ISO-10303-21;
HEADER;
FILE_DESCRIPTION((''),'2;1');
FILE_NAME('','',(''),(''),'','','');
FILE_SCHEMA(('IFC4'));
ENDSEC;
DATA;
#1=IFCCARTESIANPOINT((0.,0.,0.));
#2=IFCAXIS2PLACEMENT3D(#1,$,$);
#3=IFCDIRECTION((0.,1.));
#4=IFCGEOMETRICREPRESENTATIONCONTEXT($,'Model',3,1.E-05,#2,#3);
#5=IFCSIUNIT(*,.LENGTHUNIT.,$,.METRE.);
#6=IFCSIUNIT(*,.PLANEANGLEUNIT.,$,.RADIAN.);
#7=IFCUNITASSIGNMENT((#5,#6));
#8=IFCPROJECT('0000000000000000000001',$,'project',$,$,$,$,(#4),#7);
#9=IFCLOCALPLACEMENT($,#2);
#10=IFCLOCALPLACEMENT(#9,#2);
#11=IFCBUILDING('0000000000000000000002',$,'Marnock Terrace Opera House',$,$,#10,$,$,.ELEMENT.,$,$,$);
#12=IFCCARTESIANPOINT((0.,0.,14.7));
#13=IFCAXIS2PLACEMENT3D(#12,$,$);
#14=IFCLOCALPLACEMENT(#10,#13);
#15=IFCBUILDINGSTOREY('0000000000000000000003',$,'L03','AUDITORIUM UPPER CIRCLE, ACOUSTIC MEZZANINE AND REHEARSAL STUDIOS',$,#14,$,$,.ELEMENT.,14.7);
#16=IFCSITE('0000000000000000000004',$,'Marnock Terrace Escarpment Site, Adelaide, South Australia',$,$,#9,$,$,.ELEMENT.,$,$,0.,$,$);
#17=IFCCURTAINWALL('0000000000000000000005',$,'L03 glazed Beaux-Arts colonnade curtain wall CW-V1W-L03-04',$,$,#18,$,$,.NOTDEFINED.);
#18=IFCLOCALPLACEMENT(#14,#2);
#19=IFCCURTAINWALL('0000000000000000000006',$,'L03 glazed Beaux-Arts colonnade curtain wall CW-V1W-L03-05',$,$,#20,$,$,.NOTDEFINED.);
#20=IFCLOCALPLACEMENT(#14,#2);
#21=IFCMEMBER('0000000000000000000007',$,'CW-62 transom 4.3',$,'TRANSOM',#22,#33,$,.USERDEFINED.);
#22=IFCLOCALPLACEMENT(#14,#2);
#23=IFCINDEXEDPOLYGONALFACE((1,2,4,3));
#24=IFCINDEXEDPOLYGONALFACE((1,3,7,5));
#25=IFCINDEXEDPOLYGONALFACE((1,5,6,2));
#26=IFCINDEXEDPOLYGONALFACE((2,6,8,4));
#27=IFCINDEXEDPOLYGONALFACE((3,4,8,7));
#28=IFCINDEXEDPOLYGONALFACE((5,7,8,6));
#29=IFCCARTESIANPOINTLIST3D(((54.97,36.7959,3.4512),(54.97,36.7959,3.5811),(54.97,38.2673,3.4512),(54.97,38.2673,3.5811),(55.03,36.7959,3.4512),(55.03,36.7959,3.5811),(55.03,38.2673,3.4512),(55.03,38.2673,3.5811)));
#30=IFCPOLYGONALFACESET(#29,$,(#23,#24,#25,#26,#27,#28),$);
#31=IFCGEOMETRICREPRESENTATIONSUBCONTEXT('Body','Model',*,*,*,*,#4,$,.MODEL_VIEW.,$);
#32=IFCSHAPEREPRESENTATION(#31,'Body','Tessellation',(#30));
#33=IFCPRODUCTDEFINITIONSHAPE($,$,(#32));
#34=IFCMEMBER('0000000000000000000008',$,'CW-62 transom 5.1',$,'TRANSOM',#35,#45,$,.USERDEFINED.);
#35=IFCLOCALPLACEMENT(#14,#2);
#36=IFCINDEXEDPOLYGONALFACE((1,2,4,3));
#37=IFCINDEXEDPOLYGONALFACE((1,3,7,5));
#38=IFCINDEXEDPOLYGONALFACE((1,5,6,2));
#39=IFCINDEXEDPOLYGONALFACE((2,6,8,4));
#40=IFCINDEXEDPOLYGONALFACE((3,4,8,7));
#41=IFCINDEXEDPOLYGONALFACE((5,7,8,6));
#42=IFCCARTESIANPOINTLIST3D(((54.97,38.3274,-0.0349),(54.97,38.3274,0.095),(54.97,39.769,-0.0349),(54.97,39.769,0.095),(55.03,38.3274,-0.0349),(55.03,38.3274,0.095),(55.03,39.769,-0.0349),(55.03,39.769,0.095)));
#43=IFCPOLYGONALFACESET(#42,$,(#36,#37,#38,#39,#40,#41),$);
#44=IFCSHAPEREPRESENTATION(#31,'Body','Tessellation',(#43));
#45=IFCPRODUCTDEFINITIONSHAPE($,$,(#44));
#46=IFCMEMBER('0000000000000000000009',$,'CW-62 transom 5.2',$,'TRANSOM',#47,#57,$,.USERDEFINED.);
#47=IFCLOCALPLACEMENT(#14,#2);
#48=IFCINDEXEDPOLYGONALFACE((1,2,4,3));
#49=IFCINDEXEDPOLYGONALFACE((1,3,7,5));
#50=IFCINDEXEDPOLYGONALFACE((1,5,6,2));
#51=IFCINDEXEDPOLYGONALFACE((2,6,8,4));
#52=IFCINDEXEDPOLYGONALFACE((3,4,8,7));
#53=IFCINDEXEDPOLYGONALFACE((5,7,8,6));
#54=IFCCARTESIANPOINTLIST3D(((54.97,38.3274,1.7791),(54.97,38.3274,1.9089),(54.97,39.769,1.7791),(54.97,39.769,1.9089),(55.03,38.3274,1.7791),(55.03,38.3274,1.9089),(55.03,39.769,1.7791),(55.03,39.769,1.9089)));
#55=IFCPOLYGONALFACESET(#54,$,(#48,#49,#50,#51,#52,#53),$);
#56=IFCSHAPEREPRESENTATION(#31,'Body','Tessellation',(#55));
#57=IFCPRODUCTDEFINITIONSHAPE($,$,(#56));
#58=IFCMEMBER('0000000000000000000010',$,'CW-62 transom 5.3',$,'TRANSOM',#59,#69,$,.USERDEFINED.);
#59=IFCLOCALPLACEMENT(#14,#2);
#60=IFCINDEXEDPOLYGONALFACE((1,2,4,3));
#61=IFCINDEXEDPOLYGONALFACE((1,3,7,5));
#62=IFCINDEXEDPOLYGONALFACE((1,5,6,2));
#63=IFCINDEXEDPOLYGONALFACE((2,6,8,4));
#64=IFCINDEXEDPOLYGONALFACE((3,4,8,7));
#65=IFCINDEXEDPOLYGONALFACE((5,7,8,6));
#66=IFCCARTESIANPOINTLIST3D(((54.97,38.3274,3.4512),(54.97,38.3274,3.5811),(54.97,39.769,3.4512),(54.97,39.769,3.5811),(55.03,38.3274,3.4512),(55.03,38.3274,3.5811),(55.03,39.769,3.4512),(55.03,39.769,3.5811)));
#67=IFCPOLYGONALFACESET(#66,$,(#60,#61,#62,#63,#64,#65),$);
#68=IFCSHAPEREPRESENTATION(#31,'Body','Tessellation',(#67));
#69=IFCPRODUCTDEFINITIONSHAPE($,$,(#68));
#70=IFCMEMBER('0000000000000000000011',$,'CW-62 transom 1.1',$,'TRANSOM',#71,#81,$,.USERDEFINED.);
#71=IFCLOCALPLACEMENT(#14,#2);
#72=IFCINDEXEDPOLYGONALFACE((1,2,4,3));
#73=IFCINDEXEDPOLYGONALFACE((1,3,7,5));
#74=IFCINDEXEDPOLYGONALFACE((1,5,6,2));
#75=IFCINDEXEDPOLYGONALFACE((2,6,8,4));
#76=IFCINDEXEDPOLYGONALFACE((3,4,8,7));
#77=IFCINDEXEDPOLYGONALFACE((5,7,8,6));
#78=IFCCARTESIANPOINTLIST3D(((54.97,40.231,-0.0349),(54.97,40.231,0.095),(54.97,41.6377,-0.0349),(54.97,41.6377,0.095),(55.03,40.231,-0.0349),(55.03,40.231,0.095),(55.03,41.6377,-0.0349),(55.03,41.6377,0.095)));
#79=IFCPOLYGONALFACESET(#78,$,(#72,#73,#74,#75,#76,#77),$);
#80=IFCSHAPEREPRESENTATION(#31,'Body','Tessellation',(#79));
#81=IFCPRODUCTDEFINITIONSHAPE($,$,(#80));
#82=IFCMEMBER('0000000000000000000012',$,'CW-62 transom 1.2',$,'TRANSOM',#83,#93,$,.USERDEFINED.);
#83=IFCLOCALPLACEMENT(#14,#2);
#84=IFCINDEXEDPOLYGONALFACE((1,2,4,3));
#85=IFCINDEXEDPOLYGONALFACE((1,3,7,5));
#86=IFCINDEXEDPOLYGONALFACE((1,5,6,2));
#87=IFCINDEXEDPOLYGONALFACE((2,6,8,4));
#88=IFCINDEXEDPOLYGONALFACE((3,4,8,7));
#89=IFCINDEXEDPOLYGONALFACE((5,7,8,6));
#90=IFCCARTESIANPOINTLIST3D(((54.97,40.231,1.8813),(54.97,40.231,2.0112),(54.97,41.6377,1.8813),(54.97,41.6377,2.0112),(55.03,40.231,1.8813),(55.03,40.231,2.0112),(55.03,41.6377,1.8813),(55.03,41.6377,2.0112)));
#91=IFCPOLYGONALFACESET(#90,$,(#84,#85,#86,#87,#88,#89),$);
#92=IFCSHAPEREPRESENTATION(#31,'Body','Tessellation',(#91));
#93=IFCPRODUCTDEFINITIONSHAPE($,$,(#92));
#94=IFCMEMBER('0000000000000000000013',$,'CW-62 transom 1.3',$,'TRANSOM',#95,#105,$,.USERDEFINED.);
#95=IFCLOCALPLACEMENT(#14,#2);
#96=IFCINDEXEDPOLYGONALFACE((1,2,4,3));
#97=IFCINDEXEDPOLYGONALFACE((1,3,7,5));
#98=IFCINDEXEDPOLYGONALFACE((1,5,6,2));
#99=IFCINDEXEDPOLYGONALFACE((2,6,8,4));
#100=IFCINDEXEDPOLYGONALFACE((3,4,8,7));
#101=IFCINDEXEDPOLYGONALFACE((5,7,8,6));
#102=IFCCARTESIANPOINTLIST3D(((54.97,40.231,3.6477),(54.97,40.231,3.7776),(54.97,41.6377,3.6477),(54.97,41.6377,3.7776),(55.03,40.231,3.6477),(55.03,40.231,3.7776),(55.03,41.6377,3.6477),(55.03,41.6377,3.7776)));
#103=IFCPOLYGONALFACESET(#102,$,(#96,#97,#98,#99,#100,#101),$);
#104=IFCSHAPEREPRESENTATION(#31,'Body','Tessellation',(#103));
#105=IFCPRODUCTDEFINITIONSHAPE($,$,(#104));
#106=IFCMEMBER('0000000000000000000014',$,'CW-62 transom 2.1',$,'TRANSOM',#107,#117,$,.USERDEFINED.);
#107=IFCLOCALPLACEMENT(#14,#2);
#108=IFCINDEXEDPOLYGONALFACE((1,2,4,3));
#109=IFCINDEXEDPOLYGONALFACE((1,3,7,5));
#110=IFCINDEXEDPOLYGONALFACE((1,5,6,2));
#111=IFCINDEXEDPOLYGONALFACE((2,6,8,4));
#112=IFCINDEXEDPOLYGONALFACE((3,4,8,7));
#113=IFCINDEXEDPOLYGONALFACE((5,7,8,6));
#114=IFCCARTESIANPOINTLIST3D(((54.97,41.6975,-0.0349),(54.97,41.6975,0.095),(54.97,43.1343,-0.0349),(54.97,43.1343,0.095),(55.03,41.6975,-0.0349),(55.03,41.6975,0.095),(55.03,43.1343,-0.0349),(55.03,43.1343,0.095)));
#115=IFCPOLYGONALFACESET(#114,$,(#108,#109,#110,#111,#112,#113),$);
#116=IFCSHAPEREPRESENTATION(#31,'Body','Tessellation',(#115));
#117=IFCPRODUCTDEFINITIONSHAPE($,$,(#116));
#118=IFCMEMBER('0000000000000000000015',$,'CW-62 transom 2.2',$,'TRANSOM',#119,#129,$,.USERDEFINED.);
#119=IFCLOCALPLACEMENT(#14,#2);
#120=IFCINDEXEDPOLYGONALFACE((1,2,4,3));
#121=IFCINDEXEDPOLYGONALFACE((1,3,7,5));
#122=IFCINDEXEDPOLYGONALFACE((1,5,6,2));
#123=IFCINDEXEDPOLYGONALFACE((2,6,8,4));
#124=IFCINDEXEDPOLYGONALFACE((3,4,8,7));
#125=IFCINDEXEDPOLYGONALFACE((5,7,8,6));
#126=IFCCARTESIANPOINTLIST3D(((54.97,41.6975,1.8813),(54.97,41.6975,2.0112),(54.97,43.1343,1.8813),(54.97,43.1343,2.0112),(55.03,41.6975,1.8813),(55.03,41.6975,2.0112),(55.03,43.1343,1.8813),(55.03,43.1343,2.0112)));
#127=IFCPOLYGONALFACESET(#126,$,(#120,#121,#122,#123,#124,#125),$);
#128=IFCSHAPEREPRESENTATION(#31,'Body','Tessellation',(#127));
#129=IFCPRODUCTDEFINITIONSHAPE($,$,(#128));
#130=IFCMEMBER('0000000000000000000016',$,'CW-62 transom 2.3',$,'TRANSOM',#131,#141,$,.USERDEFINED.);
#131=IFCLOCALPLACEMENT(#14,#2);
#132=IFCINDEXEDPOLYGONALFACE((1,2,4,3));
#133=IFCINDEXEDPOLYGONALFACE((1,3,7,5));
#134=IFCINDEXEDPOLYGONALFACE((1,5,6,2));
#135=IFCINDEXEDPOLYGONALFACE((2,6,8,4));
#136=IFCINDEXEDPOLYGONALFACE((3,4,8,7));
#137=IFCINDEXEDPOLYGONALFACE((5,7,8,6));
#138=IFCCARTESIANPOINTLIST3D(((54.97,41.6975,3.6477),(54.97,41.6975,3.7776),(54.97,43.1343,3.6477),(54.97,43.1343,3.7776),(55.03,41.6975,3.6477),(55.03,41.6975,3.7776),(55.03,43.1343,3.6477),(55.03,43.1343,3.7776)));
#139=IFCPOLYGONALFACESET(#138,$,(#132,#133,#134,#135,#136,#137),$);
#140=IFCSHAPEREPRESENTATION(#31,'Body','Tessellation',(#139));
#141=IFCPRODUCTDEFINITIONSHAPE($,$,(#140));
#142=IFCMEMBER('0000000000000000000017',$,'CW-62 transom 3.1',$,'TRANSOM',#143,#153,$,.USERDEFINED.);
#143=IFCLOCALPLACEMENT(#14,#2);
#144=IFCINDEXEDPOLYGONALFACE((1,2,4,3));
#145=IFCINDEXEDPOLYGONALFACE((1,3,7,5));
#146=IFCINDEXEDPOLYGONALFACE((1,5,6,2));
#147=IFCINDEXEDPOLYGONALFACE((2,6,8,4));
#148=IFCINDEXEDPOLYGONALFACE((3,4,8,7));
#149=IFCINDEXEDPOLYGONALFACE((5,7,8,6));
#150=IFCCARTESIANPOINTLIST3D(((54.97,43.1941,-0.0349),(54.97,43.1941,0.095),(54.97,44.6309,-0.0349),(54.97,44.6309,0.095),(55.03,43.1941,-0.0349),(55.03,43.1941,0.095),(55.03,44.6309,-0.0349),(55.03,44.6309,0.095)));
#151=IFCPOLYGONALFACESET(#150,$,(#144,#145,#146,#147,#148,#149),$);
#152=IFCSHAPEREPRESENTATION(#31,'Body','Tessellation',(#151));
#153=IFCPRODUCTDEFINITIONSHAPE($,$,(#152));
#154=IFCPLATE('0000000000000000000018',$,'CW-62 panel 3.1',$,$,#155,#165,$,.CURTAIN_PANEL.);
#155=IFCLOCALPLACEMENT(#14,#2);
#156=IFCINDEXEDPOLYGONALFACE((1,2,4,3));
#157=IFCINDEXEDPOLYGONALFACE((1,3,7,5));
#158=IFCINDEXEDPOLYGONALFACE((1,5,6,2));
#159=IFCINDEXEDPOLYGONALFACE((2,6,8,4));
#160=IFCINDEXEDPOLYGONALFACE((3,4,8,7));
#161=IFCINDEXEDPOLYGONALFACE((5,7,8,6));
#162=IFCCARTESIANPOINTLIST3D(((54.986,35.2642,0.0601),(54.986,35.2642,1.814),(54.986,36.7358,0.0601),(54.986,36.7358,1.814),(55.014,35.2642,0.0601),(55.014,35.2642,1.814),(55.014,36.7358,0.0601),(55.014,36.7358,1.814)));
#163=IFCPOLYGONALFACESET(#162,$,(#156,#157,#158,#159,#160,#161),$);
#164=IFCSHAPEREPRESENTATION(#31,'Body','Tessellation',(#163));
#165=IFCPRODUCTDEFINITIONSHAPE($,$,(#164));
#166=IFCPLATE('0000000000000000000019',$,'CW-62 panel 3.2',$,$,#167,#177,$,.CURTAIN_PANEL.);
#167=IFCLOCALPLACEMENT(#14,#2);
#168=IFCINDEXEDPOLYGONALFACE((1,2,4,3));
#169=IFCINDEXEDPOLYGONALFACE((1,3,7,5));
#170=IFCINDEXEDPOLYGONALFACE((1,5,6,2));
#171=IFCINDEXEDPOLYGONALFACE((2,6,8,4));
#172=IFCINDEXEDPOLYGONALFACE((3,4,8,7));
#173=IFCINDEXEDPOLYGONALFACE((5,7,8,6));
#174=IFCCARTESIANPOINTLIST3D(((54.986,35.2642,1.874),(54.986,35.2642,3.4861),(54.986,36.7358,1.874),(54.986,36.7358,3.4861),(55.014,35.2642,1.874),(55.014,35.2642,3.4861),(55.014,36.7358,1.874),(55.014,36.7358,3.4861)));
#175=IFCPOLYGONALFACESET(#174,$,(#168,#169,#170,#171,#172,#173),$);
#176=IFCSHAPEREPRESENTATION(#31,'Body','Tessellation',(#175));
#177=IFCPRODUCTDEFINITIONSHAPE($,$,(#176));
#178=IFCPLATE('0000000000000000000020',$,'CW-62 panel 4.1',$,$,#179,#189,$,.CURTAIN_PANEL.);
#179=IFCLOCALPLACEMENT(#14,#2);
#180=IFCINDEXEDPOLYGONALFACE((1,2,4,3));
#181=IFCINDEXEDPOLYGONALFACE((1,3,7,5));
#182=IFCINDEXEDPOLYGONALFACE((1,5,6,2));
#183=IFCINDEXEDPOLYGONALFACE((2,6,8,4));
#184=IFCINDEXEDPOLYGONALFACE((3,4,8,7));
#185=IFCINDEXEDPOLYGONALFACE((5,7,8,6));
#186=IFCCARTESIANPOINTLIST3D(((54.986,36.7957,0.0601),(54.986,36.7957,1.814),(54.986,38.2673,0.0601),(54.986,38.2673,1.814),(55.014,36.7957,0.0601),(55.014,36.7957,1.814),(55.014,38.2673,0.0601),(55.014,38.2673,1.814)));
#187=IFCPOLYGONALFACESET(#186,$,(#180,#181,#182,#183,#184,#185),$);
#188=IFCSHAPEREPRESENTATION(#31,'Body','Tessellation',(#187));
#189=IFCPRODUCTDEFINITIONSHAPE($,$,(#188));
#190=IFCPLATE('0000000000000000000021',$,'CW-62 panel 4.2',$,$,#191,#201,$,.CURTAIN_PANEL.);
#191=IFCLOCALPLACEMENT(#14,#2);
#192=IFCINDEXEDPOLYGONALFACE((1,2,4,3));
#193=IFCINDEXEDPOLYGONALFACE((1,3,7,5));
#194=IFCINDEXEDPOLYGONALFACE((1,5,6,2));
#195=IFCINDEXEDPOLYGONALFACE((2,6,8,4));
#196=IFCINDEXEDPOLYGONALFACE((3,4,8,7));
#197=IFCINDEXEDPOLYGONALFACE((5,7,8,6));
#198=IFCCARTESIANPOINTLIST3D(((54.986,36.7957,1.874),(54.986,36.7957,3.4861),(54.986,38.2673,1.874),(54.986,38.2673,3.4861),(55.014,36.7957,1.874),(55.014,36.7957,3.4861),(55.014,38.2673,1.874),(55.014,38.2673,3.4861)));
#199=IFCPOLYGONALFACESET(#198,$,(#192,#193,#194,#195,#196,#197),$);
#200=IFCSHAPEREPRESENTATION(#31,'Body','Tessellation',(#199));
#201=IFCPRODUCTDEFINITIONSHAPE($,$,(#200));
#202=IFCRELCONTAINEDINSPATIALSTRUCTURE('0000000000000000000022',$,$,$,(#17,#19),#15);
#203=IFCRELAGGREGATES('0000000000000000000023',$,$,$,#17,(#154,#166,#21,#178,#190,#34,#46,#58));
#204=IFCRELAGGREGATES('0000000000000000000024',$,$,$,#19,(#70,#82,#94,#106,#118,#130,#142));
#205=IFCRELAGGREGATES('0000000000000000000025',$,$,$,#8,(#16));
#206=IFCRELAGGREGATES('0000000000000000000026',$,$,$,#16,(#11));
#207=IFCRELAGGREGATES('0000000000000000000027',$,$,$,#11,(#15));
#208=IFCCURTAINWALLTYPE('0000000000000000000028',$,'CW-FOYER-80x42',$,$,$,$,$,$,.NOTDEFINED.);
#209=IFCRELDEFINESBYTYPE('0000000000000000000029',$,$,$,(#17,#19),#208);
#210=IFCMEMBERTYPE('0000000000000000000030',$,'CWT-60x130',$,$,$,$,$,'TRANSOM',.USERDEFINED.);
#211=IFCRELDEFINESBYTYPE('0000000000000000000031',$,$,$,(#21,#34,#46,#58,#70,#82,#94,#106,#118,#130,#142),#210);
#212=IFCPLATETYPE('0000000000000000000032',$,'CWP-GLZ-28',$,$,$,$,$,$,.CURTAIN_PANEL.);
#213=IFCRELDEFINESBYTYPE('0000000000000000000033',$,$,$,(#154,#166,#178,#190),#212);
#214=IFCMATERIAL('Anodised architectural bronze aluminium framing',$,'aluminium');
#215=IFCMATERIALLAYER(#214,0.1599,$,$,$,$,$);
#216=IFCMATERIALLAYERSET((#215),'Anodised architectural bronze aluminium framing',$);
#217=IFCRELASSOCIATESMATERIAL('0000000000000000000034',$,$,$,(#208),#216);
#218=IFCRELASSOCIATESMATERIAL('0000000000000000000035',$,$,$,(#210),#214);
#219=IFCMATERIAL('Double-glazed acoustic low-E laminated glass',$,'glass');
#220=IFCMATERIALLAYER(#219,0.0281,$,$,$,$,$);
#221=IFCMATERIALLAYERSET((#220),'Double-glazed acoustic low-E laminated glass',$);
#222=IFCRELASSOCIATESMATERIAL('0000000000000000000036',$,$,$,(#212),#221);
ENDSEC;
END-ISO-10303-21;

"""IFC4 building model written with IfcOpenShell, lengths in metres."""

from ifc_helpers import new_model, si_unit, direction, frame, origin, origin_2d, place, context, subcontext, project, spatial, rectangle, extrude, material, layer, layer_set, material_profile, profile_set, type_object, element, aggregate, save


model = new_model("IFC4")

# Units and contexts
model_context = context("Model", 3, precision=1e-05, world=origin(), true_north=direction((0.0, 1.0)))
body_context = subcontext(model_context, "Body", "Model", "MODEL_VIEW")
ifc_project = project(units=[si_unit("LENGTHUNIT", "METRE"), si_unit("PLANEANGLEUNIT", "RADIAN")], contexts=[model_context])

# Site, building, storey
site_placement = place(None, origin())
site = spatial("IfcSite", under=ifc_project, at=site_placement, Name="Marnock Terrace Escarpment Site, Adelaide, South Australia", CompositionType="ELEMENT", RefElevation=0.0)
building_placement = place(site_placement, origin())
building = spatial("IfcBuilding", under=site, at=building_placement, Name="Marnock Terrace Opera House", CompositionType="ELEMENT")
storey_placement = place(building_placement, frame((0.0, 0.0, 14.7)))
storey = spatial("IfcBuildingStorey", under=building, at=storey_placement, Name="L03", Description="AUDITORIUM UPPER CIRCLE, ACOUSTIC MEZZANINE AND REHEARSAL STUDIOS", CompositionType="ELEMENT", Elevation=14.7)

# Curtain walls
ifc_material_1 = material(Name="Anodised architectural bronze aluminium framing", Category="aluminium")
ifc_layer_1 = layer(ifc_material_1, 0.1599)
ifc_layer_set_1 = layer_set([ifc_layer_1], Name="Anodised architectural bronze aluminium framing")
curtain_wall_type = type_object("IfcCurtainWallType", Name="CW-FOYER-80x42", PredefinedType="NOTDEFINED", material=ifc_layer_set_1)
curtain_wall_1_placement = place(storey_placement, origin())
curtain_wall_1 = element("IfcCurtainWall", 1, at=curtain_wall_1_placement, inside=storey, type_object=curtain_wall_type, Name="L03 glazed Beaux-Arts colonnade curtain wall CW-V1W-L03-04", PredefinedType="NOTDEFINED")
curtain_wall_2_placement = place(storey_placement, origin())
curtain_wall_2 = element("IfcCurtainWall", 2, at=curtain_wall_2_placement, inside=storey, type_object=curtain_wall_type, Name="L03 glazed Beaux-Arts colonnade curtain wall CW-V1W-L03-05", PredefinedType="NOTDEFINED")

# Members
ifc_material_profile_1 = material_profile(ifc_material_1, rectangle(XDim=0.0601, YDim=0.1299, at=origin_2d()))
ifc_profile_set_1 = profile_set([ifc_material_profile_1], Name="Anodised architectural bronze aluminium framing")
member_type_1 = type_object("IfcMemberType", Name="CWT-60x130", ElementType="TRANSOM", PredefinedType="USERDEFINED", material=ifc_profile_set_1)
member_1_placement = place(storey_placement, frame((55.0, 36.7959, 3.5161), z_axis=(0.0, 1.0, 0.0), x_axis=(-1.0, 0.0, 0.0)))
member_1 = element("IfcMember", 3, at=member_1_placement, type_object=member_type_1, Name="CW-62 transom 4.3", ObjectType="TRANSOM", PredefinedType="USERDEFINED", context=body_context, shape_type="SweptSolid", body=[
    extrude(rectangle(XDim=0.0601, YDim=0.1299, at=origin_2d()), origin(), (0.0, 0.0, 1.0), 1.4714),
])
member_2_placement = place(storey_placement, frame((55.0, 38.3274, 0.03), z_axis=(0.0, 1.0, 0.0), x_axis=(-1.0, 0.0, 0.0)))
member_2 = element("IfcMember", 4, at=member_2_placement, type_object=member_type_1, Name="CW-62 transom 5.1", ObjectType="TRANSOM", PredefinedType="USERDEFINED", context=body_context, shape_type="SweptSolid", body=[
    extrude(rectangle(XDim=0.0601, YDim=0.1299, at=origin_2d()), origin(), (0.0, 0.0, 1.0), 1.4417),
])
member_3_placement = place(storey_placement, frame((55.0, 38.3274, 1.844), z_axis=(0.0, 1.0, 0.0), x_axis=(-1.0, 0.0, 0.0)))
member_3 = element("IfcMember", 5, at=member_3_placement, type_object=member_type_1, Name="CW-62 transom 5.2", ObjectType="TRANSOM", PredefinedType="USERDEFINED", context=body_context, shape_type="SweptSolid", body=[
    extrude(rectangle(XDim=0.0601, YDim=0.1299, at=origin_2d()), origin(), (0.0, 0.0, 1.0), 1.4417),
])
member_4_placement = place(storey_placement, frame((55.0, 38.3274, 3.5161), z_axis=(0.0, 1.0, 0.0), x_axis=(-1.0, 0.0, 0.0)))
member_4 = element("IfcMember", 6, at=member_4_placement, type_object=member_type_1, Name="CW-62 transom 5.3", ObjectType="TRANSOM", PredefinedType="USERDEFINED", context=body_context, shape_type="SweptSolid", body=[
    extrude(rectangle(XDim=0.0601, YDim=0.1299, at=origin_2d()), origin(), (0.0, 0.0, 1.0), 1.4417),
])
member_5_placement = place(storey_placement, frame((55.0, 40.231, 0.03), z_axis=(0.0, 1.0, 0.0), x_axis=(-1.0, 0.0, 0.0)))
member_5 = element("IfcMember", 7, at=member_5_placement, type_object=member_type_1, Name="CW-62 transom 1.1", ObjectType="TRANSOM", PredefinedType="USERDEFINED", context=body_context, shape_type="SweptSolid", body=[
    extrude(rectangle(XDim=0.0601, YDim=0.1299, at=origin_2d()), origin(), (0.0, 0.0, 1.0), 1.4067),
])
member_6_placement = place(storey_placement, frame((55.0, 40.231, 1.9463), z_axis=(0.0, 1.0, 0.0), x_axis=(-1.0, 0.0, 0.0)))
member_6 = element("IfcMember", 8, at=member_6_placement, type_object=member_type_1, Name="CW-62 transom 1.2", ObjectType="TRANSOM", PredefinedType="USERDEFINED", context=body_context, shape_type="SweptSolid", body=[
    extrude(rectangle(XDim=0.0601, YDim=0.1299, at=origin_2d()), origin(), (0.0, 0.0, 1.0), 1.4067),
])
member_7_placement = place(storey_placement, frame((55.0, 40.231, 3.7126), z_axis=(0.0, 1.0, 0.0), x_axis=(-1.0, 0.0, 0.0)))
member_7 = element("IfcMember", 9, at=member_7_placement, type_object=member_type_1, Name="CW-62 transom 1.3", ObjectType="TRANSOM", PredefinedType="USERDEFINED", context=body_context, shape_type="SweptSolid", body=[
    extrude(rectangle(XDim=0.0601, YDim=0.1299, at=origin_2d()), origin(), (0.0, 0.0, 1.0), 1.4067),
])
member_8_placement = place(storey_placement, frame((55.0, 41.6975, 0.03), z_axis=(0.0, 1.0, 0.0), x_axis=(-1.0, 0.0, 0.0)))
member_8 = element("IfcMember", 10, at=member_8_placement, type_object=member_type_1, Name="CW-62 transom 2.1", ObjectType="TRANSOM", PredefinedType="USERDEFINED", context=body_context, shape_type="SweptSolid", body=[
    extrude(rectangle(XDim=0.0601, YDim=0.1299, at=origin_2d()), origin(), (0.0, 0.0, 1.0), 1.4368),
])
member_9_placement = place(storey_placement, frame((55.0, 41.6975, 1.9463), z_axis=(0.0, 1.0, 0.0), x_axis=(-1.0, 0.0, 0.0)))
member_9 = element("IfcMember", 11, at=member_9_placement, type_object=member_type_1, Name="CW-62 transom 2.2", ObjectType="TRANSOM", PredefinedType="USERDEFINED", context=body_context, shape_type="SweptSolid", body=[
    extrude(rectangle(XDim=0.0601, YDim=0.1299, at=origin_2d()), origin(), (0.0, 0.0, 1.0), 1.4368),
])
member_10_placement = place(storey_placement, frame((55.0, 41.6975, 3.7126), z_axis=(0.0, 1.0, 0.0), x_axis=(-1.0, 0.0, 0.0)))
member_10 = element("IfcMember", 12, at=member_10_placement, type_object=member_type_1, Name="CW-62 transom 2.3", ObjectType="TRANSOM", PredefinedType="USERDEFINED", context=body_context, shape_type="SweptSolid", body=[
    extrude(rectangle(XDim=0.0601, YDim=0.1299, at=origin_2d()), origin(), (0.0, 0.0, 1.0), 1.4368),
])
member_11_placement = place(storey_placement, frame((55.0, 43.1941, 0.03), z_axis=(0.0, 1.0, 0.0), x_axis=(-1.0, 0.0, 0.0)))
member_11 = element("IfcMember", 13, at=member_11_placement, type_object=member_type_1, Name="CW-62 transom 3.1", ObjectType="TRANSOM", PredefinedType="USERDEFINED", context=body_context, shape_type="SweptSolid", body=[
    extrude(rectangle(XDim=0.0601, YDim=0.1299, at=origin_2d()), origin(), (0.0, 0.0, 1.0), 1.4368),
])

# Plates
ifc_material_2 = material(Name="Double-glazed acoustic low-E laminated glass", Category="glass")
ifc_layer_2 = layer(ifc_material_2, 0.0281)
ifc_layer_set_2 = layer_set([ifc_layer_2], Name="Double-glazed acoustic low-E laminated glass")
plate_type = type_object("IfcPlateType", Name="CWP-GLZ-28", PredefinedType="CURTAIN_PANEL", material=ifc_layer_set_2)
plate_1_placement = place(storey_placement, frame((55.0, 36.0, 0.0601), z_axis=(0.0, 0.0, 1.0), x_axis=(0.0, 1.0, 0.0)))
plate_1 = element("IfcPlate", 14, at=plate_1_placement, type_object=plate_type, Name="CW-62 panel 3.1", PredefinedType="CURTAIN_PANEL", context=body_context, shape_type="SweptSolid", body=[
    extrude(rectangle(XDim=1.4717, YDim=0.0281, at=origin_2d()), origin(), (0.0, 0.0, 1.0), 1.7539),
])
plate_2_placement = place(storey_placement, frame((55.0, 36.0, 1.874), z_axis=(0.0, 0.0, 1.0), x_axis=(0.0, 1.0, 0.0)))
plate_2 = element("IfcPlate", 15, at=plate_2_placement, type_object=plate_type, Name="CW-62 panel 3.2", PredefinedType="CURTAIN_PANEL", context=body_context, shape_type="SweptSolid", body=[
    extrude(rectangle(XDim=1.4717, YDim=0.0281, at=origin_2d()), origin(), (0.0, 0.0, 1.0), 1.6121),
])
plate_3_placement = place(storey_placement, frame((55.0, 37.5315, 0.0601), z_axis=(0.0, 0.0, 1.0), x_axis=(0.0, 1.0, 0.0)))
plate_3 = element("IfcPlate", 16, at=plate_3_placement, type_object=plate_type, Name="CW-62 panel 4.1", PredefinedType="CURTAIN_PANEL", context=body_context, shape_type="SweptSolid", body=[
    extrude(rectangle(XDim=1.4717, YDim=0.0281, at=origin_2d()), origin(), (0.0, 0.0, 1.0), 1.7539),
])
plate_4_placement = place(storey_placement, frame((55.0, 37.5315, 1.874), z_axis=(0.0, 0.0, 1.0), x_axis=(0.0, 1.0, 0.0)))
plate_4 = element("IfcPlate", 17, at=plate_4_placement, type_object=plate_type, Name="CW-62 panel 4.2", PredefinedType="CURTAIN_PANEL", context=body_context, shape_type="SweptSolid", body=[
    extrude(rectangle(XDim=1.4717, YDim=0.0281, at=origin_2d()), origin(), (0.0, 0.0, 1.0), 1.6121),
])
aggregate(curtain_wall_1, [plate_1, plate_2, member_1, plate_3, plate_4, member_2, member_3, member_4])
aggregate(curtain_wall_2, [member_5, member_6, member_7, member_8, member_9, member_10, member_11])

save(model, "model.ifc")
